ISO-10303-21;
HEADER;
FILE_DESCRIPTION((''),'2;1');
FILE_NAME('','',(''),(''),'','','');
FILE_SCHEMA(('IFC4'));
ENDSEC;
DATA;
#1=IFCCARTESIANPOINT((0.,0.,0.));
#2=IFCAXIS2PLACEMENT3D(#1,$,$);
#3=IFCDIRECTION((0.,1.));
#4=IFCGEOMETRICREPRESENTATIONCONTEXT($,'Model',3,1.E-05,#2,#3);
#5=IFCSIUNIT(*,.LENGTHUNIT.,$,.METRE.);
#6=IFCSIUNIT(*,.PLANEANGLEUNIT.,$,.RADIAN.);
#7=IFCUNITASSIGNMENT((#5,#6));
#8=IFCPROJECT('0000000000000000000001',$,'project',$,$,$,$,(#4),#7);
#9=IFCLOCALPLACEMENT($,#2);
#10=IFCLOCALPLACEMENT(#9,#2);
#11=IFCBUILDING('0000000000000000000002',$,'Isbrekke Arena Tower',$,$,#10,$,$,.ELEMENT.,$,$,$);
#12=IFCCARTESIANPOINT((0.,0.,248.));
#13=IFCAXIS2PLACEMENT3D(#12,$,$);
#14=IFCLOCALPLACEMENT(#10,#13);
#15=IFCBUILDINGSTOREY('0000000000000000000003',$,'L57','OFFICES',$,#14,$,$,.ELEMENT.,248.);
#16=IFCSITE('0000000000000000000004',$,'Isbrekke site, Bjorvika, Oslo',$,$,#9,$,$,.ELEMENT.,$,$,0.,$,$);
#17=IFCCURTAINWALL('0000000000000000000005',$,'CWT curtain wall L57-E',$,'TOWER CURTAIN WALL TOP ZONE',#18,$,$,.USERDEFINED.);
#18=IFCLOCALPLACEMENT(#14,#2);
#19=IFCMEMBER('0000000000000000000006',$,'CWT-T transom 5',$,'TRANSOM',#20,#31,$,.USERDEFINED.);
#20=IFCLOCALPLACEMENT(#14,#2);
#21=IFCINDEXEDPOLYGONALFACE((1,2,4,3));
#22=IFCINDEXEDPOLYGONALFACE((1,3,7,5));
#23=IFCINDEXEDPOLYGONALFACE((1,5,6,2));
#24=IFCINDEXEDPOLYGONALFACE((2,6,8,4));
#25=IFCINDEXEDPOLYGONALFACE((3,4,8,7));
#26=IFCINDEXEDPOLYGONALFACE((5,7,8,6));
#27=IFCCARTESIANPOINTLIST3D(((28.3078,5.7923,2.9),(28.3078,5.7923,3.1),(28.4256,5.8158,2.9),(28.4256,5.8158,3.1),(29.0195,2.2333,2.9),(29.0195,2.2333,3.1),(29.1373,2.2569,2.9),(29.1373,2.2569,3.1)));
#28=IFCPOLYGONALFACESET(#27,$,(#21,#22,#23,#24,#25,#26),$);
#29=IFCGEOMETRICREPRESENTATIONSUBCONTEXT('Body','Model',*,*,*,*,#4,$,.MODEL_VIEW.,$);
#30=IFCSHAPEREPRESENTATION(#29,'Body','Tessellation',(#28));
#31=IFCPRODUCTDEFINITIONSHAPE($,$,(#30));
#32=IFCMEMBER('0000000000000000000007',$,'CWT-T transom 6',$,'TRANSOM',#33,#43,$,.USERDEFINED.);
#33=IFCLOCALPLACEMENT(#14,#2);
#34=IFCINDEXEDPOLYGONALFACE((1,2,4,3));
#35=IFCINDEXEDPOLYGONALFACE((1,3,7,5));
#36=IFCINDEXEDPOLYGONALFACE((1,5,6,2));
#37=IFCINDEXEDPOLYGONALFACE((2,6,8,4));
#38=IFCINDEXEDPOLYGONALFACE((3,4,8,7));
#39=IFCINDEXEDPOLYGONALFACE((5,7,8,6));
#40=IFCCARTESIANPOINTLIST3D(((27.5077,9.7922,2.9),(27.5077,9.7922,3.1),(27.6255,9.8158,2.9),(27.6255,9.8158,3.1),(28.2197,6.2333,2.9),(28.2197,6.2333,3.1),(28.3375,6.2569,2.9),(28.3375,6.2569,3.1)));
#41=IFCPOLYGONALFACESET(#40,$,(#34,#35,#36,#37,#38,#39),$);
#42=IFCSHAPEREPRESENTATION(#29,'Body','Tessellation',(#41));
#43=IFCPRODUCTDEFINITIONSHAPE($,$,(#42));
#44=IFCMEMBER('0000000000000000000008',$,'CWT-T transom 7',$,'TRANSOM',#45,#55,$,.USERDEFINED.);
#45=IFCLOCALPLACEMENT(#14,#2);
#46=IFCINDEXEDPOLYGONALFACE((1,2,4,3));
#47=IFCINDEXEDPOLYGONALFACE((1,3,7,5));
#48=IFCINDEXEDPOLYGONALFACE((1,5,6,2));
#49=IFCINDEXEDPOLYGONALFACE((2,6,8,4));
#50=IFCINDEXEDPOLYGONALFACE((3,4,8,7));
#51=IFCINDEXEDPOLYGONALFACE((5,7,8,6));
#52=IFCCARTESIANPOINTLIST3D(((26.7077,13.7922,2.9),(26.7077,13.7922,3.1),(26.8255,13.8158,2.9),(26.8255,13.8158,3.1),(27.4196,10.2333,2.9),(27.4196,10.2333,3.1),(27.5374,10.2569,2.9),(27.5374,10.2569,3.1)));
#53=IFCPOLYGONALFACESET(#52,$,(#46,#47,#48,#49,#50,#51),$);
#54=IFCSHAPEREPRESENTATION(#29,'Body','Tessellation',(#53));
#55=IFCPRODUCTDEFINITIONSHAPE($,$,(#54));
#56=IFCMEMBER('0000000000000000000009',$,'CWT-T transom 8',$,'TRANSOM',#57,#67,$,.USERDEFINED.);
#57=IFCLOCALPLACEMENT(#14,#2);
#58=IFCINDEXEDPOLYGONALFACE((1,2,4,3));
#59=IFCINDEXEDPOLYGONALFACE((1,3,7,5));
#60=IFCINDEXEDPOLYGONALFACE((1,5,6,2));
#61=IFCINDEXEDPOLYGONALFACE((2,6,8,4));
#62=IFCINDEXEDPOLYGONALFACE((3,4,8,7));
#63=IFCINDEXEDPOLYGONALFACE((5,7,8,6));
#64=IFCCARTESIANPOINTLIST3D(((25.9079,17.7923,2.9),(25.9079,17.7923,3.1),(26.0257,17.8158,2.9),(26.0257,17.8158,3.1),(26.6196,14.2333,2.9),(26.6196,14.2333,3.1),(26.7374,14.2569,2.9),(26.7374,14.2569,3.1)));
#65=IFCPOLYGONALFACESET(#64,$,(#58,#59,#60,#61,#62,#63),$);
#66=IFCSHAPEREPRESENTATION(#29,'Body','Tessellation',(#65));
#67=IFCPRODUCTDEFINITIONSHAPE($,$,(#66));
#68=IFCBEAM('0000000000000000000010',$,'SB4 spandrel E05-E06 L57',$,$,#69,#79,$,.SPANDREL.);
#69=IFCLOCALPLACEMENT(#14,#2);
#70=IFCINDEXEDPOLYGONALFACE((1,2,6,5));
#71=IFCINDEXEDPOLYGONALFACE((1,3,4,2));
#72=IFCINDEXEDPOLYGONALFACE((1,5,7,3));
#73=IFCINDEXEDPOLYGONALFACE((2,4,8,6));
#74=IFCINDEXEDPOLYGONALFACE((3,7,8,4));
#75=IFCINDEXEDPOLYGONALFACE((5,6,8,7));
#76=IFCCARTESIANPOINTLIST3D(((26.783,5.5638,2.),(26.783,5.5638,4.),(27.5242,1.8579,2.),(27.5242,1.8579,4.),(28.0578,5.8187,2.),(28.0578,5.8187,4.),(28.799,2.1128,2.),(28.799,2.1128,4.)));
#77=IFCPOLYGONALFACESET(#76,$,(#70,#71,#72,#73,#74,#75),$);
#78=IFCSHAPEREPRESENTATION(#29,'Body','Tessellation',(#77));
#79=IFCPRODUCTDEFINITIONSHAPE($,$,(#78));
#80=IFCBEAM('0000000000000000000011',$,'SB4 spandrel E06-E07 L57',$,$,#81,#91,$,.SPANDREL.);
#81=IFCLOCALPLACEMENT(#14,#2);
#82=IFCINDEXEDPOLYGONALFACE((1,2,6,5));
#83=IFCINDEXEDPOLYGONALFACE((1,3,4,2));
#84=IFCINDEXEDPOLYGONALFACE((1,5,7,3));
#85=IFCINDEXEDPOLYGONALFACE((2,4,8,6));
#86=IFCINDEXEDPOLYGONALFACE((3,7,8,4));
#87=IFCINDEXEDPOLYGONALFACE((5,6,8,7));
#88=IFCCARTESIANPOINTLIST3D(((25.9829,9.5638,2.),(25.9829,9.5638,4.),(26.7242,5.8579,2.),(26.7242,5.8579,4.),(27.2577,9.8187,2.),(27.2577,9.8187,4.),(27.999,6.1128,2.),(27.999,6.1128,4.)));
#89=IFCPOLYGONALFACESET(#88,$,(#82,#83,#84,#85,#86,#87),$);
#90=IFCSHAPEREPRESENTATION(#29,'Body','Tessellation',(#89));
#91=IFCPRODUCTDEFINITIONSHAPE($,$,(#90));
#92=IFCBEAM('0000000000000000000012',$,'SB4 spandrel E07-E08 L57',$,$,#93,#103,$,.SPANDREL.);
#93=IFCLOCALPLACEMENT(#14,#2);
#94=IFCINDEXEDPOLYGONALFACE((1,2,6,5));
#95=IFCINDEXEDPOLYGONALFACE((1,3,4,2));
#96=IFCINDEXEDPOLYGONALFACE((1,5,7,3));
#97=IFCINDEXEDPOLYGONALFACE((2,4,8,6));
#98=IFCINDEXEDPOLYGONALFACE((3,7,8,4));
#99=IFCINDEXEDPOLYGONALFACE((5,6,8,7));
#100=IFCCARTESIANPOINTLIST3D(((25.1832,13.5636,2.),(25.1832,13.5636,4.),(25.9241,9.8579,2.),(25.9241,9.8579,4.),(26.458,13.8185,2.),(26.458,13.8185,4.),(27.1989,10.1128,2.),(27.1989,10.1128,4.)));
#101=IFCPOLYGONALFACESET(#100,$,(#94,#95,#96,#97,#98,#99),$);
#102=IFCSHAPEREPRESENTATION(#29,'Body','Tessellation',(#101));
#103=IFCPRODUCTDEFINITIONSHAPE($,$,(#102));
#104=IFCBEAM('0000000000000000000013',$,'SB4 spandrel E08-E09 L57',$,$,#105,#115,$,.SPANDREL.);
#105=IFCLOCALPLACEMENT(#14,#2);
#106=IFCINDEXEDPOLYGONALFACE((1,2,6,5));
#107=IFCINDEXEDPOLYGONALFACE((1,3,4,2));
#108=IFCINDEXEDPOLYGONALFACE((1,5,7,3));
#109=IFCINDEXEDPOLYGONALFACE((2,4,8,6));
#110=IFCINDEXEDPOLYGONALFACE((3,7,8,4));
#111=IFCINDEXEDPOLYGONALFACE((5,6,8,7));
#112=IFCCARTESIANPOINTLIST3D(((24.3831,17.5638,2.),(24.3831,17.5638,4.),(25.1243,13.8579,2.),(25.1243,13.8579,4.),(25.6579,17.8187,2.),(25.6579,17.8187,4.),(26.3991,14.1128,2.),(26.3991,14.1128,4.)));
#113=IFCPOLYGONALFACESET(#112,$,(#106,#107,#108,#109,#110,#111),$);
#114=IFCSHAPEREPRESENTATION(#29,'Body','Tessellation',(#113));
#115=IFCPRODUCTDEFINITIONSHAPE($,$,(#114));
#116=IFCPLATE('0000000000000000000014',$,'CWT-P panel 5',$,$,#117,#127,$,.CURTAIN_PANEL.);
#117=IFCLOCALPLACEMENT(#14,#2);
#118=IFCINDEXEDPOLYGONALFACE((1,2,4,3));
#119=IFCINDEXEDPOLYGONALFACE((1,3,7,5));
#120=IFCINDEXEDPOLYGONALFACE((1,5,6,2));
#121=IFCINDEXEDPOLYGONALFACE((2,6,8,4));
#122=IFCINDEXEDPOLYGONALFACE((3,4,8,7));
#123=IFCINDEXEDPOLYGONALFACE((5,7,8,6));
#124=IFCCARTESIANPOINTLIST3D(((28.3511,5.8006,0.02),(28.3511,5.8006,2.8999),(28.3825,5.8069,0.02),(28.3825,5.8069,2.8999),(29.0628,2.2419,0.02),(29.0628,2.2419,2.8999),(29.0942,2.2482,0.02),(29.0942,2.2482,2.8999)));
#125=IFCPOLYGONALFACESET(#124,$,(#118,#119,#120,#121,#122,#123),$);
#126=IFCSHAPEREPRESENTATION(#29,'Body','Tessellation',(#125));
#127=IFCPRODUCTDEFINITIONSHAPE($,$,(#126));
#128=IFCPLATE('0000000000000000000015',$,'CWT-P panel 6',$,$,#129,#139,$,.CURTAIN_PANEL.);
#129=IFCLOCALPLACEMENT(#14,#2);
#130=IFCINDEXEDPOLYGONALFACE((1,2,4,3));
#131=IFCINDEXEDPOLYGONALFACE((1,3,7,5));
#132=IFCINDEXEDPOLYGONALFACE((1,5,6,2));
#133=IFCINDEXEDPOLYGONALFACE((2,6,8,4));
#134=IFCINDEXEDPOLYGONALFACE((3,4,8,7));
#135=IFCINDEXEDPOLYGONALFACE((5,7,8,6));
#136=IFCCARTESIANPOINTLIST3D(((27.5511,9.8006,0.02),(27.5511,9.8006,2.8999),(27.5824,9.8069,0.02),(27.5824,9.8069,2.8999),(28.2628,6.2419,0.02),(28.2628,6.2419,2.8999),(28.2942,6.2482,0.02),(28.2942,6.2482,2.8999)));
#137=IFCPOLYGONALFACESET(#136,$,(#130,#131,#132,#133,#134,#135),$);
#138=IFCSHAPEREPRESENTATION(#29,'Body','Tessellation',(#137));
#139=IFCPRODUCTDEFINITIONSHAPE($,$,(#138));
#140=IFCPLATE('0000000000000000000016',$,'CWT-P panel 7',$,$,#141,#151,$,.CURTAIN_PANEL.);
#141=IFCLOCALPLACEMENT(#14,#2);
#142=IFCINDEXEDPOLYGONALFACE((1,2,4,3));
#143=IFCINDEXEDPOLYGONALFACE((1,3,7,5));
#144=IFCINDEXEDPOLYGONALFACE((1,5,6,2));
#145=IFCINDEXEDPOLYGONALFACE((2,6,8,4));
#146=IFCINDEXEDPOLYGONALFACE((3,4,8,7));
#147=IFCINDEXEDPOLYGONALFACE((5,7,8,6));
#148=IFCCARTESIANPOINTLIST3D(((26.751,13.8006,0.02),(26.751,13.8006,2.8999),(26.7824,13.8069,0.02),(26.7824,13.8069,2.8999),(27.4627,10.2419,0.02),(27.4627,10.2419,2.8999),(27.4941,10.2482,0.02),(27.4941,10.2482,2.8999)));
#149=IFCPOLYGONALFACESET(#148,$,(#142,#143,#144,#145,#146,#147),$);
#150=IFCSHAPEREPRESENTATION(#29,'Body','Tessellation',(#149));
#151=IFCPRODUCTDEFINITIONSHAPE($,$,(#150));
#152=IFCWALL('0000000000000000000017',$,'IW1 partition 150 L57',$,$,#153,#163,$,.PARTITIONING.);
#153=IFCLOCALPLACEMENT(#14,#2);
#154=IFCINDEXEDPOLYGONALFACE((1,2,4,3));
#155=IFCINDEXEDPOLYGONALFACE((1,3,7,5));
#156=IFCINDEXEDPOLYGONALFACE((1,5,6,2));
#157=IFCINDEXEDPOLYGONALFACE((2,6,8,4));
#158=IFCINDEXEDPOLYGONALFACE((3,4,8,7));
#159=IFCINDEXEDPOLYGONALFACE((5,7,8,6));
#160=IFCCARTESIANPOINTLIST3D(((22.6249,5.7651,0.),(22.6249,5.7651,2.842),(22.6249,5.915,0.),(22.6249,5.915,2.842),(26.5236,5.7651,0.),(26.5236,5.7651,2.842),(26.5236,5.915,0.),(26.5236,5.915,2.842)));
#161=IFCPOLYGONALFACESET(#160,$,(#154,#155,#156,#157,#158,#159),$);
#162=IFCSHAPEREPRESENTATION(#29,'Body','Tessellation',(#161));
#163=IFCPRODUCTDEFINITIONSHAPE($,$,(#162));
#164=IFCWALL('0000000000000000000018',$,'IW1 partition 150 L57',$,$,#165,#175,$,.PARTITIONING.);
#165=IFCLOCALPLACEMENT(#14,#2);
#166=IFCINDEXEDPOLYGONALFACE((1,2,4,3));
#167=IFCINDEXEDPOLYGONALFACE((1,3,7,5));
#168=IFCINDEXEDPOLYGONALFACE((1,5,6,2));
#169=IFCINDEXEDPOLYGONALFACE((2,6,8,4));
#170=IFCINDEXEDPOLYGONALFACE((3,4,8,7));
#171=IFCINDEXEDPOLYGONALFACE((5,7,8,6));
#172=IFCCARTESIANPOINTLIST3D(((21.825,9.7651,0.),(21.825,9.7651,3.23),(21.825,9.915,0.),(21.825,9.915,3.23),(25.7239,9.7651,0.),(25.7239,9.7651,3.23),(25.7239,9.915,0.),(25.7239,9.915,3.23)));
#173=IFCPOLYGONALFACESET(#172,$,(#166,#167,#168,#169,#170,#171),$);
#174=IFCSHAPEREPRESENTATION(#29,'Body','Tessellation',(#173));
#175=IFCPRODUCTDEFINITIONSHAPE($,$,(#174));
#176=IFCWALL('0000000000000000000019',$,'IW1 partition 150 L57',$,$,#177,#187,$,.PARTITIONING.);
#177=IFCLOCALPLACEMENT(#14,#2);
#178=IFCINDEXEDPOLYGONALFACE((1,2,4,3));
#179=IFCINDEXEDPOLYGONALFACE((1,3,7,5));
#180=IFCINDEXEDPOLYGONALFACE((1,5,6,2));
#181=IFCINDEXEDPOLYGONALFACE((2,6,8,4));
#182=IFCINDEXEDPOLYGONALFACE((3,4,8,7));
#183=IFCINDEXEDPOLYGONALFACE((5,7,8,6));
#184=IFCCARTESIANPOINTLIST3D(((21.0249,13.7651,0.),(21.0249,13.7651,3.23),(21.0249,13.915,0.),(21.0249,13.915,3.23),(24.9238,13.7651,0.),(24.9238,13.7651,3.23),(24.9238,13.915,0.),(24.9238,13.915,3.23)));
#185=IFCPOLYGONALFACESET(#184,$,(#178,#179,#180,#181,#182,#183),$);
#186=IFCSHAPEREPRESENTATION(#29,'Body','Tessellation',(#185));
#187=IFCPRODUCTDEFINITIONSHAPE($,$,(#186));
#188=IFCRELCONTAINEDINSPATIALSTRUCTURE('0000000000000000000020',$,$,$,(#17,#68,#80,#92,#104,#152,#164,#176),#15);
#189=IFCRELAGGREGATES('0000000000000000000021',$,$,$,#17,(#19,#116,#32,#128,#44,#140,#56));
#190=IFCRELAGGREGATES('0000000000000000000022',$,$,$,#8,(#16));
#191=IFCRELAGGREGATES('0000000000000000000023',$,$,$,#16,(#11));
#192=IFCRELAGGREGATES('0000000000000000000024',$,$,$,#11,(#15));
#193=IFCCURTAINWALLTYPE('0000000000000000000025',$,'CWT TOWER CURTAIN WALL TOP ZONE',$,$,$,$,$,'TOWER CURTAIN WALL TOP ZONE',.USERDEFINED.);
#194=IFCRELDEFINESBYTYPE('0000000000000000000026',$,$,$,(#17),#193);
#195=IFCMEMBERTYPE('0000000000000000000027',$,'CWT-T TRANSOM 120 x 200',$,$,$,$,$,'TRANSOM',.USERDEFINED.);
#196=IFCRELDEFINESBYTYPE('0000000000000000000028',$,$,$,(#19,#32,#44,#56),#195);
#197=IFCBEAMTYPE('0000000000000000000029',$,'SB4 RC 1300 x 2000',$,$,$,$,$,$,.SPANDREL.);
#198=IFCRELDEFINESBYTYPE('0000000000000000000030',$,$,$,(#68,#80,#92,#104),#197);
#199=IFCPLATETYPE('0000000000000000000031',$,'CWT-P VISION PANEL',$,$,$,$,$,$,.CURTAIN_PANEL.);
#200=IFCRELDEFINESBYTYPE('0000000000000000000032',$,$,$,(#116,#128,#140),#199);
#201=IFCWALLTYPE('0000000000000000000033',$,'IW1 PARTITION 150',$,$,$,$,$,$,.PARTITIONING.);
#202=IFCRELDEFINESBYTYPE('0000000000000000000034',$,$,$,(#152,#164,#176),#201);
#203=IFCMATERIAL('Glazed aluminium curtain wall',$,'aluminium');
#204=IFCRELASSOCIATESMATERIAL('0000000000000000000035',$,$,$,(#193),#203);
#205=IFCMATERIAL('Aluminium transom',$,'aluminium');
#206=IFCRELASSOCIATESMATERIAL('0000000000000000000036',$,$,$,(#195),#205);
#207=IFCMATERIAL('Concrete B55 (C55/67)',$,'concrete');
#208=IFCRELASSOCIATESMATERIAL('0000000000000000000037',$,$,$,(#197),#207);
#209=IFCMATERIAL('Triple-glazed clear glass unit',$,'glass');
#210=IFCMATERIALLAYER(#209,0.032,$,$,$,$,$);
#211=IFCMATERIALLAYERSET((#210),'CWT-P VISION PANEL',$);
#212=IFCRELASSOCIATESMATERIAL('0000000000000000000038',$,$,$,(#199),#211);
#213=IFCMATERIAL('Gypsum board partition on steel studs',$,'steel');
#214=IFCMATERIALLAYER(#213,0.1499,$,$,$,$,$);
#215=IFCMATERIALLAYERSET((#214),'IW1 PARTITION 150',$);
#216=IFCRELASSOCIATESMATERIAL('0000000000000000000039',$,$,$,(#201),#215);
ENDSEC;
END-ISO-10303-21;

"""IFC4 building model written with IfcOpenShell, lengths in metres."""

from ifc_helpers import new_model, si_unit, direction, frame, frame_2d, origin, origin_2d, place, context, subcontext, project, spatial, rectangle, extrude, material, layer, layer_set, material_profile, profile_set, type_object, element, aggregate, save


model = new_model("IFC4")

# Units and contexts
model_context = context("Model", 3, precision=1e-05, world=origin(), true_north=direction((0.0, 1.0)))
body_context = subcontext(model_context, "Body", "Model", "MODEL_VIEW")
ifc_project = project(units=[si_unit("LENGTHUNIT", "METRE"), si_unit("PLANEANGLEUNIT", "RADIAN")], contexts=[model_context])

# Site, building, storey
site_placement = place(None, origin())
site = spatial("IfcSite", under=ifc_project, at=site_placement, Name="Isbrekke site, Bjorvika, Oslo", CompositionType="ELEMENT", RefElevation=0.0)
building_placement = place(site_placement, origin())
building = spatial("IfcBuilding", under=site, at=building_placement, Name="Isbrekke Arena Tower", CompositionType="ELEMENT")
storey_placement = place(building_placement, frame((0.0, 0.0, 248.0)))
storey = spatial("IfcBuildingStorey", under=building, at=storey_placement, Name="L57", Description="OFFICES", CompositionType="ELEMENT", Elevation=248.0)

# Curtain wall, members
ifc_material_1 = material(Name="Glazed aluminium curtain wall", Category="aluminium")
curtain_wall_type = type_object("IfcCurtainWallType", Name="CWT TOWER CURTAIN WALL TOP ZONE", ElementType="TOWER CURTAIN WALL TOP ZONE", PredefinedType="USERDEFINED", material=ifc_material_1)
curtain_wall_placement = place(storey_placement, origin())
curtain_wall = element("IfcCurtainWall", 1, at=curtain_wall_placement, inside=storey, type_object=curtain_wall_type, Name="CWT curtain wall L57-E", ObjectType="TOWER CURTAIN WALL TOP ZONE", PredefinedType="USERDEFINED")
ifc_material_2 = material(Name="Aluminium transom", Category="aluminium")
ifc_material_profile_1 = material_profile(ifc_material_2, rectangle(XDim=0.1201, YDim=0.2, at=origin_2d()), Name="TRANSOM 120X200")
ifc_profile_set_1 = profile_set([ifc_material_profile_1], Name="Aluminium transom")
member_type_1 = type_object("IfcMemberType", Name="CWT-T TRANSOM 120 x 200", ElementType="TRANSOM", PredefinedType="USERDEFINED", material=ifc_profile_set_1)
member_1_placement = place(storey_placement, frame((29.0784, 2.2451, 3.0), z_axis=(-0.19609, 0.980586, 0.0), x_axis=(-0.980586, -0.19609, 0.0)))
member_1 = element("IfcMember", 2, at=member_1_placement, type_object=member_type_1, Name="CWT-T transom 5", ObjectType="TRANSOM", PredefinedType="USERDEFINED", context=body_context, shape_type="SweptSolid", body=[
    extrude(rectangle(XDim=0.1201, YDim=0.2, at=origin_2d()), origin(), (0.0, 0.0, 1.0), 3.6294),
])
member_2_placement = place(storey_placement, frame((28.2786, 6.2451, 3.0), z_axis=(-0.196155, 0.980573, 0.0), x_axis=(-0.980573, -0.196155, 0.0)))
member_2 = element("IfcMember", 3, at=member_2_placement, type_object=member_type_1, Name="CWT-T transom 6", ObjectType="TRANSOM", PredefinedType="USERDEFINED", context=body_context, shape_type="SweptSolid", body=[
    extrude(rectangle(XDim=0.1201, YDim=0.2, at=origin_2d()), origin(), (0.0, 0.0, 1.0), 3.6294),
])
member_3_placement = place(storey_placement, frame((27.4785, 10.2451, 3.0), z_axis=(-0.196155, 0.980573, 0.0), x_axis=(-0.980573, -0.196155, 0.0)))
member_3 = element("IfcMember", 4, at=member_3_placement, type_object=member_type_1, Name="CWT-T transom 7", ObjectType="TRANSOM", PredefinedType="USERDEFINED", context=body_context, shape_type="SweptSolid", body=[
    extrude(rectangle(XDim=0.1201, YDim=0.2, at=origin_2d()), origin(), (0.0, 0.0, 1.0), 3.6294),
])
member_4_placement = place(storey_placement, frame((26.6785, 14.2451, 3.0), z_axis=(-0.19609, 0.980586, 0.0), x_axis=(-0.980586, -0.19609, 0.0)))
member_4 = element("IfcMember", 5, at=member_4_placement, type_object=member_type_1, Name="CWT-T transom 8", ObjectType="TRANSOM", PredefinedType="USERDEFINED", context=body_context, shape_type="SweptSolid", body=[
    extrude(rectangle(XDim=0.1201, YDim=0.2, at=origin_2d()), origin(), (0.0, 0.0, 1.0), 3.6294),
])

# Beams
ifc_material_3 = material(Name="Concrete B55 (C55/67)", Category="concrete")
ifc_material_profile_2 = material_profile(ifc_material_3, rectangle(XDim=1.3, YDim=2.0, at=origin_2d()), Name="RC 1300x2000")
ifc_profile_set_2 = profile_set([ifc_material_profile_2], Name="Concrete B55 (C55/67)")
beam_type_1 = type_object("IfcBeamType", Name="SB4 RC 1300 x 2000", PredefinedType="SPANDREL", material=ifc_profile_set_2)
for number, where, z_axis, x_axis, name in (
    (6, (28.1616, 1.9854, 3.0), (-0.196129, 0.980578, 0.0), (-0.980578, -0.196129, 0.0), "SB4 spandrel E05-E06 L57"),
    (7, (27.3616, 5.9854, 3.0), (-0.196129, 0.980578, 0.0), (-0.980578, -0.196129, 0.0), "SB4 spandrel E06-E07 L57"),
):
    element("IfcBeam", number, at=place(storey_placement, frame(where, z_axis=z_axis, x_axis=x_axis)), inside=storey, type_object=beam_type_1, Name=name, PredefinedType="SPANDREL", context=body_context, shape_type="SweptSolid", body=[
        extrude(rectangle(XDim=1.3, YDim=2.0, at=origin_2d()), origin(), (0.0, 0.0, 1.0), 3.7793),
    ])
beam_1_placement = place(storey_placement, frame((26.5615, 9.9854, 3.0), z_axis=(-0.196066, 0.980591, 0.0), x_axis=(-0.980591, -0.196066, 0.0)))
element("IfcBeam", 8, at=beam_1_placement, inside=storey, type_object=beam_type_1, Name="SB4 spandrel E07-E08 L57", PredefinedType="SPANDREL", context=body_context, shape_type="SweptSolid", body=[
    extrude(rectangle(XDim=1.3, YDim=2.0, at=origin_2d()), origin(), (0.0, 0.0, 1.0), 3.7791),
])
beam_2_placement = place(storey_placement, frame((25.7617, 13.9854, 3.0), z_axis=(-0.196129, 0.980578, 0.0), x_axis=(-0.980578, -0.196129, 0.0)))
element("IfcBeam", 9, at=beam_2_placement, inside=storey, type_object=beam_type_1, Name="SB4 spandrel E08-E09 L57", PredefinedType="SPANDREL", context=body_context, shape_type="SweptSolid", body=[
    extrude(rectangle(XDim=1.3, YDim=2.0, at=origin_2d()), origin(), (0.0, 0.0, 1.0), 3.7793),
])

# Plates
ifc_material_4 = material(Name="Triple-glazed clear glass unit", Category="glass")
ifc_layer_1 = layer(ifc_material_4, 0.032)
ifc_layer_set_1 = layer_set([ifc_layer_1], Name="CWT-P VISION PANEL")
plate_type = type_object("IfcPlateType", Name="CWT-P VISION PANEL", PredefinedType="CURTAIN_PANEL", material=ifc_layer_set_1)
plate_1_placement = place(storey_placement, frame((28.7227, 4.0244, 0.02), z_axis=(0.0, 0.0, 1.0), x_axis=(-0.196116, 0.980581, 0.0)))
plate_1 = element("IfcPlate", 10, at=plate_1_placement, type_object=plate_type, Name="CWT-P panel 5", PredefinedType="CURTAIN_PANEL", context=body_context, shape_type="SweptSolid", body=[
    extrude(rectangle(XDim=3.6292, YDim=0.032, at=origin_2d()), origin(), (0.0, 0.0, 1.0), 2.8799),
])
plate_2_placement = place(storey_placement, frame((27.9226, 8.0244, 0.02), z_axis=(0.0, 0.0, 1.0), x_axis=(-0.196116, 0.980581, 0.0)))
plate_2 = element("IfcPlate", 11, at=plate_2_placement, type_object=plate_type, Name="CWT-P panel 6", PredefinedType="CURTAIN_PANEL", context=body_context, shape_type="SweptSolid", body=[
    extrude(rectangle(XDim=3.6292, YDim=0.032, at=origin_2d()), origin(), (0.0, 0.0, 1.0), 2.8799),
])
plate_3_placement = place(storey_placement, frame((27.1226, 12.0244, 0.02), z_axis=(0.0, 0.0, 1.0), x_axis=(-0.196116, 0.980581, 0.0)))
plate_3 = element("IfcPlate", 12, at=plate_3_placement, type_object=plate_type, Name="CWT-P panel 7", PredefinedType="CURTAIN_PANEL", context=body_context, shape_type="SweptSolid", body=[
    extrude(rectangle(XDim=3.6292, YDim=0.032, at=origin_2d()), origin(), (0.0, 0.0, 1.0), 2.8799),
])
aggregate(curtain_wall, [member_1, plate_1, member_2, plate_2, member_3, plate_3, member_4])

# Walls
ifc_material_5 = material(Name="Gypsum board partition on steel studs", Category="steel")
ifc_layer_2 = layer(ifc_material_5, 0.1499)
ifc_layer_set_2 = layer_set([ifc_layer_2], Name="IW1 PARTITION 150")
wall_type = type_object("IfcWallType", Name="IW1 PARTITION 150", PredefinedType="PARTITIONING", material=ifc_layer_set_2)
wall_1_placement = place(storey_placement, frame((22.625, 5.8401, 0.0), z_axis=(0.0, 0.0, 1.0), x_axis=(1.0, 0.0, 0.0)))
element("IfcWall", 13, at=wall_1_placement, inside=storey, type_object=wall_type, Name="IW1 partition 150 L57", PredefinedType="PARTITIONING", context=body_context, shape_type="SweptSolid", body=[
    extrude(rectangle(XDim=3.8987, YDim=0.1499, at=frame_2d((1.9492, 0.0))), origin(), (0.0, 0.0, 1.0), 2.842),
])
for number, where, z_axis, x_axis, name in (
    (14, (21.825, 9.8401, 0.0), (0.0, 0.0, 1.0), (1.0, 0.0, 0.0), "IW1 partition 150 L57"),
    (15, (21.0249, 13.8401, 0.0), (0.0, 0.0, 1.0), (1.0, 0.0, 0.0), "IW1 partition 150 L57"),
):
    element("IfcWall", number, at=place(storey_placement, frame(where, z_axis=z_axis, x_axis=x_axis)), inside=storey, type_object=wall_type, Name=name, PredefinedType="PARTITIONING", context=body_context, shape_type="SweptSolid", body=[
        extrude(rectangle(XDim=3.8989, YDim=0.1499, at=frame_2d((1.9495, 0.0))), origin(), (0.0, 0.0, 1.0), 3.23),
    ])

save(model, "model.ifc")
